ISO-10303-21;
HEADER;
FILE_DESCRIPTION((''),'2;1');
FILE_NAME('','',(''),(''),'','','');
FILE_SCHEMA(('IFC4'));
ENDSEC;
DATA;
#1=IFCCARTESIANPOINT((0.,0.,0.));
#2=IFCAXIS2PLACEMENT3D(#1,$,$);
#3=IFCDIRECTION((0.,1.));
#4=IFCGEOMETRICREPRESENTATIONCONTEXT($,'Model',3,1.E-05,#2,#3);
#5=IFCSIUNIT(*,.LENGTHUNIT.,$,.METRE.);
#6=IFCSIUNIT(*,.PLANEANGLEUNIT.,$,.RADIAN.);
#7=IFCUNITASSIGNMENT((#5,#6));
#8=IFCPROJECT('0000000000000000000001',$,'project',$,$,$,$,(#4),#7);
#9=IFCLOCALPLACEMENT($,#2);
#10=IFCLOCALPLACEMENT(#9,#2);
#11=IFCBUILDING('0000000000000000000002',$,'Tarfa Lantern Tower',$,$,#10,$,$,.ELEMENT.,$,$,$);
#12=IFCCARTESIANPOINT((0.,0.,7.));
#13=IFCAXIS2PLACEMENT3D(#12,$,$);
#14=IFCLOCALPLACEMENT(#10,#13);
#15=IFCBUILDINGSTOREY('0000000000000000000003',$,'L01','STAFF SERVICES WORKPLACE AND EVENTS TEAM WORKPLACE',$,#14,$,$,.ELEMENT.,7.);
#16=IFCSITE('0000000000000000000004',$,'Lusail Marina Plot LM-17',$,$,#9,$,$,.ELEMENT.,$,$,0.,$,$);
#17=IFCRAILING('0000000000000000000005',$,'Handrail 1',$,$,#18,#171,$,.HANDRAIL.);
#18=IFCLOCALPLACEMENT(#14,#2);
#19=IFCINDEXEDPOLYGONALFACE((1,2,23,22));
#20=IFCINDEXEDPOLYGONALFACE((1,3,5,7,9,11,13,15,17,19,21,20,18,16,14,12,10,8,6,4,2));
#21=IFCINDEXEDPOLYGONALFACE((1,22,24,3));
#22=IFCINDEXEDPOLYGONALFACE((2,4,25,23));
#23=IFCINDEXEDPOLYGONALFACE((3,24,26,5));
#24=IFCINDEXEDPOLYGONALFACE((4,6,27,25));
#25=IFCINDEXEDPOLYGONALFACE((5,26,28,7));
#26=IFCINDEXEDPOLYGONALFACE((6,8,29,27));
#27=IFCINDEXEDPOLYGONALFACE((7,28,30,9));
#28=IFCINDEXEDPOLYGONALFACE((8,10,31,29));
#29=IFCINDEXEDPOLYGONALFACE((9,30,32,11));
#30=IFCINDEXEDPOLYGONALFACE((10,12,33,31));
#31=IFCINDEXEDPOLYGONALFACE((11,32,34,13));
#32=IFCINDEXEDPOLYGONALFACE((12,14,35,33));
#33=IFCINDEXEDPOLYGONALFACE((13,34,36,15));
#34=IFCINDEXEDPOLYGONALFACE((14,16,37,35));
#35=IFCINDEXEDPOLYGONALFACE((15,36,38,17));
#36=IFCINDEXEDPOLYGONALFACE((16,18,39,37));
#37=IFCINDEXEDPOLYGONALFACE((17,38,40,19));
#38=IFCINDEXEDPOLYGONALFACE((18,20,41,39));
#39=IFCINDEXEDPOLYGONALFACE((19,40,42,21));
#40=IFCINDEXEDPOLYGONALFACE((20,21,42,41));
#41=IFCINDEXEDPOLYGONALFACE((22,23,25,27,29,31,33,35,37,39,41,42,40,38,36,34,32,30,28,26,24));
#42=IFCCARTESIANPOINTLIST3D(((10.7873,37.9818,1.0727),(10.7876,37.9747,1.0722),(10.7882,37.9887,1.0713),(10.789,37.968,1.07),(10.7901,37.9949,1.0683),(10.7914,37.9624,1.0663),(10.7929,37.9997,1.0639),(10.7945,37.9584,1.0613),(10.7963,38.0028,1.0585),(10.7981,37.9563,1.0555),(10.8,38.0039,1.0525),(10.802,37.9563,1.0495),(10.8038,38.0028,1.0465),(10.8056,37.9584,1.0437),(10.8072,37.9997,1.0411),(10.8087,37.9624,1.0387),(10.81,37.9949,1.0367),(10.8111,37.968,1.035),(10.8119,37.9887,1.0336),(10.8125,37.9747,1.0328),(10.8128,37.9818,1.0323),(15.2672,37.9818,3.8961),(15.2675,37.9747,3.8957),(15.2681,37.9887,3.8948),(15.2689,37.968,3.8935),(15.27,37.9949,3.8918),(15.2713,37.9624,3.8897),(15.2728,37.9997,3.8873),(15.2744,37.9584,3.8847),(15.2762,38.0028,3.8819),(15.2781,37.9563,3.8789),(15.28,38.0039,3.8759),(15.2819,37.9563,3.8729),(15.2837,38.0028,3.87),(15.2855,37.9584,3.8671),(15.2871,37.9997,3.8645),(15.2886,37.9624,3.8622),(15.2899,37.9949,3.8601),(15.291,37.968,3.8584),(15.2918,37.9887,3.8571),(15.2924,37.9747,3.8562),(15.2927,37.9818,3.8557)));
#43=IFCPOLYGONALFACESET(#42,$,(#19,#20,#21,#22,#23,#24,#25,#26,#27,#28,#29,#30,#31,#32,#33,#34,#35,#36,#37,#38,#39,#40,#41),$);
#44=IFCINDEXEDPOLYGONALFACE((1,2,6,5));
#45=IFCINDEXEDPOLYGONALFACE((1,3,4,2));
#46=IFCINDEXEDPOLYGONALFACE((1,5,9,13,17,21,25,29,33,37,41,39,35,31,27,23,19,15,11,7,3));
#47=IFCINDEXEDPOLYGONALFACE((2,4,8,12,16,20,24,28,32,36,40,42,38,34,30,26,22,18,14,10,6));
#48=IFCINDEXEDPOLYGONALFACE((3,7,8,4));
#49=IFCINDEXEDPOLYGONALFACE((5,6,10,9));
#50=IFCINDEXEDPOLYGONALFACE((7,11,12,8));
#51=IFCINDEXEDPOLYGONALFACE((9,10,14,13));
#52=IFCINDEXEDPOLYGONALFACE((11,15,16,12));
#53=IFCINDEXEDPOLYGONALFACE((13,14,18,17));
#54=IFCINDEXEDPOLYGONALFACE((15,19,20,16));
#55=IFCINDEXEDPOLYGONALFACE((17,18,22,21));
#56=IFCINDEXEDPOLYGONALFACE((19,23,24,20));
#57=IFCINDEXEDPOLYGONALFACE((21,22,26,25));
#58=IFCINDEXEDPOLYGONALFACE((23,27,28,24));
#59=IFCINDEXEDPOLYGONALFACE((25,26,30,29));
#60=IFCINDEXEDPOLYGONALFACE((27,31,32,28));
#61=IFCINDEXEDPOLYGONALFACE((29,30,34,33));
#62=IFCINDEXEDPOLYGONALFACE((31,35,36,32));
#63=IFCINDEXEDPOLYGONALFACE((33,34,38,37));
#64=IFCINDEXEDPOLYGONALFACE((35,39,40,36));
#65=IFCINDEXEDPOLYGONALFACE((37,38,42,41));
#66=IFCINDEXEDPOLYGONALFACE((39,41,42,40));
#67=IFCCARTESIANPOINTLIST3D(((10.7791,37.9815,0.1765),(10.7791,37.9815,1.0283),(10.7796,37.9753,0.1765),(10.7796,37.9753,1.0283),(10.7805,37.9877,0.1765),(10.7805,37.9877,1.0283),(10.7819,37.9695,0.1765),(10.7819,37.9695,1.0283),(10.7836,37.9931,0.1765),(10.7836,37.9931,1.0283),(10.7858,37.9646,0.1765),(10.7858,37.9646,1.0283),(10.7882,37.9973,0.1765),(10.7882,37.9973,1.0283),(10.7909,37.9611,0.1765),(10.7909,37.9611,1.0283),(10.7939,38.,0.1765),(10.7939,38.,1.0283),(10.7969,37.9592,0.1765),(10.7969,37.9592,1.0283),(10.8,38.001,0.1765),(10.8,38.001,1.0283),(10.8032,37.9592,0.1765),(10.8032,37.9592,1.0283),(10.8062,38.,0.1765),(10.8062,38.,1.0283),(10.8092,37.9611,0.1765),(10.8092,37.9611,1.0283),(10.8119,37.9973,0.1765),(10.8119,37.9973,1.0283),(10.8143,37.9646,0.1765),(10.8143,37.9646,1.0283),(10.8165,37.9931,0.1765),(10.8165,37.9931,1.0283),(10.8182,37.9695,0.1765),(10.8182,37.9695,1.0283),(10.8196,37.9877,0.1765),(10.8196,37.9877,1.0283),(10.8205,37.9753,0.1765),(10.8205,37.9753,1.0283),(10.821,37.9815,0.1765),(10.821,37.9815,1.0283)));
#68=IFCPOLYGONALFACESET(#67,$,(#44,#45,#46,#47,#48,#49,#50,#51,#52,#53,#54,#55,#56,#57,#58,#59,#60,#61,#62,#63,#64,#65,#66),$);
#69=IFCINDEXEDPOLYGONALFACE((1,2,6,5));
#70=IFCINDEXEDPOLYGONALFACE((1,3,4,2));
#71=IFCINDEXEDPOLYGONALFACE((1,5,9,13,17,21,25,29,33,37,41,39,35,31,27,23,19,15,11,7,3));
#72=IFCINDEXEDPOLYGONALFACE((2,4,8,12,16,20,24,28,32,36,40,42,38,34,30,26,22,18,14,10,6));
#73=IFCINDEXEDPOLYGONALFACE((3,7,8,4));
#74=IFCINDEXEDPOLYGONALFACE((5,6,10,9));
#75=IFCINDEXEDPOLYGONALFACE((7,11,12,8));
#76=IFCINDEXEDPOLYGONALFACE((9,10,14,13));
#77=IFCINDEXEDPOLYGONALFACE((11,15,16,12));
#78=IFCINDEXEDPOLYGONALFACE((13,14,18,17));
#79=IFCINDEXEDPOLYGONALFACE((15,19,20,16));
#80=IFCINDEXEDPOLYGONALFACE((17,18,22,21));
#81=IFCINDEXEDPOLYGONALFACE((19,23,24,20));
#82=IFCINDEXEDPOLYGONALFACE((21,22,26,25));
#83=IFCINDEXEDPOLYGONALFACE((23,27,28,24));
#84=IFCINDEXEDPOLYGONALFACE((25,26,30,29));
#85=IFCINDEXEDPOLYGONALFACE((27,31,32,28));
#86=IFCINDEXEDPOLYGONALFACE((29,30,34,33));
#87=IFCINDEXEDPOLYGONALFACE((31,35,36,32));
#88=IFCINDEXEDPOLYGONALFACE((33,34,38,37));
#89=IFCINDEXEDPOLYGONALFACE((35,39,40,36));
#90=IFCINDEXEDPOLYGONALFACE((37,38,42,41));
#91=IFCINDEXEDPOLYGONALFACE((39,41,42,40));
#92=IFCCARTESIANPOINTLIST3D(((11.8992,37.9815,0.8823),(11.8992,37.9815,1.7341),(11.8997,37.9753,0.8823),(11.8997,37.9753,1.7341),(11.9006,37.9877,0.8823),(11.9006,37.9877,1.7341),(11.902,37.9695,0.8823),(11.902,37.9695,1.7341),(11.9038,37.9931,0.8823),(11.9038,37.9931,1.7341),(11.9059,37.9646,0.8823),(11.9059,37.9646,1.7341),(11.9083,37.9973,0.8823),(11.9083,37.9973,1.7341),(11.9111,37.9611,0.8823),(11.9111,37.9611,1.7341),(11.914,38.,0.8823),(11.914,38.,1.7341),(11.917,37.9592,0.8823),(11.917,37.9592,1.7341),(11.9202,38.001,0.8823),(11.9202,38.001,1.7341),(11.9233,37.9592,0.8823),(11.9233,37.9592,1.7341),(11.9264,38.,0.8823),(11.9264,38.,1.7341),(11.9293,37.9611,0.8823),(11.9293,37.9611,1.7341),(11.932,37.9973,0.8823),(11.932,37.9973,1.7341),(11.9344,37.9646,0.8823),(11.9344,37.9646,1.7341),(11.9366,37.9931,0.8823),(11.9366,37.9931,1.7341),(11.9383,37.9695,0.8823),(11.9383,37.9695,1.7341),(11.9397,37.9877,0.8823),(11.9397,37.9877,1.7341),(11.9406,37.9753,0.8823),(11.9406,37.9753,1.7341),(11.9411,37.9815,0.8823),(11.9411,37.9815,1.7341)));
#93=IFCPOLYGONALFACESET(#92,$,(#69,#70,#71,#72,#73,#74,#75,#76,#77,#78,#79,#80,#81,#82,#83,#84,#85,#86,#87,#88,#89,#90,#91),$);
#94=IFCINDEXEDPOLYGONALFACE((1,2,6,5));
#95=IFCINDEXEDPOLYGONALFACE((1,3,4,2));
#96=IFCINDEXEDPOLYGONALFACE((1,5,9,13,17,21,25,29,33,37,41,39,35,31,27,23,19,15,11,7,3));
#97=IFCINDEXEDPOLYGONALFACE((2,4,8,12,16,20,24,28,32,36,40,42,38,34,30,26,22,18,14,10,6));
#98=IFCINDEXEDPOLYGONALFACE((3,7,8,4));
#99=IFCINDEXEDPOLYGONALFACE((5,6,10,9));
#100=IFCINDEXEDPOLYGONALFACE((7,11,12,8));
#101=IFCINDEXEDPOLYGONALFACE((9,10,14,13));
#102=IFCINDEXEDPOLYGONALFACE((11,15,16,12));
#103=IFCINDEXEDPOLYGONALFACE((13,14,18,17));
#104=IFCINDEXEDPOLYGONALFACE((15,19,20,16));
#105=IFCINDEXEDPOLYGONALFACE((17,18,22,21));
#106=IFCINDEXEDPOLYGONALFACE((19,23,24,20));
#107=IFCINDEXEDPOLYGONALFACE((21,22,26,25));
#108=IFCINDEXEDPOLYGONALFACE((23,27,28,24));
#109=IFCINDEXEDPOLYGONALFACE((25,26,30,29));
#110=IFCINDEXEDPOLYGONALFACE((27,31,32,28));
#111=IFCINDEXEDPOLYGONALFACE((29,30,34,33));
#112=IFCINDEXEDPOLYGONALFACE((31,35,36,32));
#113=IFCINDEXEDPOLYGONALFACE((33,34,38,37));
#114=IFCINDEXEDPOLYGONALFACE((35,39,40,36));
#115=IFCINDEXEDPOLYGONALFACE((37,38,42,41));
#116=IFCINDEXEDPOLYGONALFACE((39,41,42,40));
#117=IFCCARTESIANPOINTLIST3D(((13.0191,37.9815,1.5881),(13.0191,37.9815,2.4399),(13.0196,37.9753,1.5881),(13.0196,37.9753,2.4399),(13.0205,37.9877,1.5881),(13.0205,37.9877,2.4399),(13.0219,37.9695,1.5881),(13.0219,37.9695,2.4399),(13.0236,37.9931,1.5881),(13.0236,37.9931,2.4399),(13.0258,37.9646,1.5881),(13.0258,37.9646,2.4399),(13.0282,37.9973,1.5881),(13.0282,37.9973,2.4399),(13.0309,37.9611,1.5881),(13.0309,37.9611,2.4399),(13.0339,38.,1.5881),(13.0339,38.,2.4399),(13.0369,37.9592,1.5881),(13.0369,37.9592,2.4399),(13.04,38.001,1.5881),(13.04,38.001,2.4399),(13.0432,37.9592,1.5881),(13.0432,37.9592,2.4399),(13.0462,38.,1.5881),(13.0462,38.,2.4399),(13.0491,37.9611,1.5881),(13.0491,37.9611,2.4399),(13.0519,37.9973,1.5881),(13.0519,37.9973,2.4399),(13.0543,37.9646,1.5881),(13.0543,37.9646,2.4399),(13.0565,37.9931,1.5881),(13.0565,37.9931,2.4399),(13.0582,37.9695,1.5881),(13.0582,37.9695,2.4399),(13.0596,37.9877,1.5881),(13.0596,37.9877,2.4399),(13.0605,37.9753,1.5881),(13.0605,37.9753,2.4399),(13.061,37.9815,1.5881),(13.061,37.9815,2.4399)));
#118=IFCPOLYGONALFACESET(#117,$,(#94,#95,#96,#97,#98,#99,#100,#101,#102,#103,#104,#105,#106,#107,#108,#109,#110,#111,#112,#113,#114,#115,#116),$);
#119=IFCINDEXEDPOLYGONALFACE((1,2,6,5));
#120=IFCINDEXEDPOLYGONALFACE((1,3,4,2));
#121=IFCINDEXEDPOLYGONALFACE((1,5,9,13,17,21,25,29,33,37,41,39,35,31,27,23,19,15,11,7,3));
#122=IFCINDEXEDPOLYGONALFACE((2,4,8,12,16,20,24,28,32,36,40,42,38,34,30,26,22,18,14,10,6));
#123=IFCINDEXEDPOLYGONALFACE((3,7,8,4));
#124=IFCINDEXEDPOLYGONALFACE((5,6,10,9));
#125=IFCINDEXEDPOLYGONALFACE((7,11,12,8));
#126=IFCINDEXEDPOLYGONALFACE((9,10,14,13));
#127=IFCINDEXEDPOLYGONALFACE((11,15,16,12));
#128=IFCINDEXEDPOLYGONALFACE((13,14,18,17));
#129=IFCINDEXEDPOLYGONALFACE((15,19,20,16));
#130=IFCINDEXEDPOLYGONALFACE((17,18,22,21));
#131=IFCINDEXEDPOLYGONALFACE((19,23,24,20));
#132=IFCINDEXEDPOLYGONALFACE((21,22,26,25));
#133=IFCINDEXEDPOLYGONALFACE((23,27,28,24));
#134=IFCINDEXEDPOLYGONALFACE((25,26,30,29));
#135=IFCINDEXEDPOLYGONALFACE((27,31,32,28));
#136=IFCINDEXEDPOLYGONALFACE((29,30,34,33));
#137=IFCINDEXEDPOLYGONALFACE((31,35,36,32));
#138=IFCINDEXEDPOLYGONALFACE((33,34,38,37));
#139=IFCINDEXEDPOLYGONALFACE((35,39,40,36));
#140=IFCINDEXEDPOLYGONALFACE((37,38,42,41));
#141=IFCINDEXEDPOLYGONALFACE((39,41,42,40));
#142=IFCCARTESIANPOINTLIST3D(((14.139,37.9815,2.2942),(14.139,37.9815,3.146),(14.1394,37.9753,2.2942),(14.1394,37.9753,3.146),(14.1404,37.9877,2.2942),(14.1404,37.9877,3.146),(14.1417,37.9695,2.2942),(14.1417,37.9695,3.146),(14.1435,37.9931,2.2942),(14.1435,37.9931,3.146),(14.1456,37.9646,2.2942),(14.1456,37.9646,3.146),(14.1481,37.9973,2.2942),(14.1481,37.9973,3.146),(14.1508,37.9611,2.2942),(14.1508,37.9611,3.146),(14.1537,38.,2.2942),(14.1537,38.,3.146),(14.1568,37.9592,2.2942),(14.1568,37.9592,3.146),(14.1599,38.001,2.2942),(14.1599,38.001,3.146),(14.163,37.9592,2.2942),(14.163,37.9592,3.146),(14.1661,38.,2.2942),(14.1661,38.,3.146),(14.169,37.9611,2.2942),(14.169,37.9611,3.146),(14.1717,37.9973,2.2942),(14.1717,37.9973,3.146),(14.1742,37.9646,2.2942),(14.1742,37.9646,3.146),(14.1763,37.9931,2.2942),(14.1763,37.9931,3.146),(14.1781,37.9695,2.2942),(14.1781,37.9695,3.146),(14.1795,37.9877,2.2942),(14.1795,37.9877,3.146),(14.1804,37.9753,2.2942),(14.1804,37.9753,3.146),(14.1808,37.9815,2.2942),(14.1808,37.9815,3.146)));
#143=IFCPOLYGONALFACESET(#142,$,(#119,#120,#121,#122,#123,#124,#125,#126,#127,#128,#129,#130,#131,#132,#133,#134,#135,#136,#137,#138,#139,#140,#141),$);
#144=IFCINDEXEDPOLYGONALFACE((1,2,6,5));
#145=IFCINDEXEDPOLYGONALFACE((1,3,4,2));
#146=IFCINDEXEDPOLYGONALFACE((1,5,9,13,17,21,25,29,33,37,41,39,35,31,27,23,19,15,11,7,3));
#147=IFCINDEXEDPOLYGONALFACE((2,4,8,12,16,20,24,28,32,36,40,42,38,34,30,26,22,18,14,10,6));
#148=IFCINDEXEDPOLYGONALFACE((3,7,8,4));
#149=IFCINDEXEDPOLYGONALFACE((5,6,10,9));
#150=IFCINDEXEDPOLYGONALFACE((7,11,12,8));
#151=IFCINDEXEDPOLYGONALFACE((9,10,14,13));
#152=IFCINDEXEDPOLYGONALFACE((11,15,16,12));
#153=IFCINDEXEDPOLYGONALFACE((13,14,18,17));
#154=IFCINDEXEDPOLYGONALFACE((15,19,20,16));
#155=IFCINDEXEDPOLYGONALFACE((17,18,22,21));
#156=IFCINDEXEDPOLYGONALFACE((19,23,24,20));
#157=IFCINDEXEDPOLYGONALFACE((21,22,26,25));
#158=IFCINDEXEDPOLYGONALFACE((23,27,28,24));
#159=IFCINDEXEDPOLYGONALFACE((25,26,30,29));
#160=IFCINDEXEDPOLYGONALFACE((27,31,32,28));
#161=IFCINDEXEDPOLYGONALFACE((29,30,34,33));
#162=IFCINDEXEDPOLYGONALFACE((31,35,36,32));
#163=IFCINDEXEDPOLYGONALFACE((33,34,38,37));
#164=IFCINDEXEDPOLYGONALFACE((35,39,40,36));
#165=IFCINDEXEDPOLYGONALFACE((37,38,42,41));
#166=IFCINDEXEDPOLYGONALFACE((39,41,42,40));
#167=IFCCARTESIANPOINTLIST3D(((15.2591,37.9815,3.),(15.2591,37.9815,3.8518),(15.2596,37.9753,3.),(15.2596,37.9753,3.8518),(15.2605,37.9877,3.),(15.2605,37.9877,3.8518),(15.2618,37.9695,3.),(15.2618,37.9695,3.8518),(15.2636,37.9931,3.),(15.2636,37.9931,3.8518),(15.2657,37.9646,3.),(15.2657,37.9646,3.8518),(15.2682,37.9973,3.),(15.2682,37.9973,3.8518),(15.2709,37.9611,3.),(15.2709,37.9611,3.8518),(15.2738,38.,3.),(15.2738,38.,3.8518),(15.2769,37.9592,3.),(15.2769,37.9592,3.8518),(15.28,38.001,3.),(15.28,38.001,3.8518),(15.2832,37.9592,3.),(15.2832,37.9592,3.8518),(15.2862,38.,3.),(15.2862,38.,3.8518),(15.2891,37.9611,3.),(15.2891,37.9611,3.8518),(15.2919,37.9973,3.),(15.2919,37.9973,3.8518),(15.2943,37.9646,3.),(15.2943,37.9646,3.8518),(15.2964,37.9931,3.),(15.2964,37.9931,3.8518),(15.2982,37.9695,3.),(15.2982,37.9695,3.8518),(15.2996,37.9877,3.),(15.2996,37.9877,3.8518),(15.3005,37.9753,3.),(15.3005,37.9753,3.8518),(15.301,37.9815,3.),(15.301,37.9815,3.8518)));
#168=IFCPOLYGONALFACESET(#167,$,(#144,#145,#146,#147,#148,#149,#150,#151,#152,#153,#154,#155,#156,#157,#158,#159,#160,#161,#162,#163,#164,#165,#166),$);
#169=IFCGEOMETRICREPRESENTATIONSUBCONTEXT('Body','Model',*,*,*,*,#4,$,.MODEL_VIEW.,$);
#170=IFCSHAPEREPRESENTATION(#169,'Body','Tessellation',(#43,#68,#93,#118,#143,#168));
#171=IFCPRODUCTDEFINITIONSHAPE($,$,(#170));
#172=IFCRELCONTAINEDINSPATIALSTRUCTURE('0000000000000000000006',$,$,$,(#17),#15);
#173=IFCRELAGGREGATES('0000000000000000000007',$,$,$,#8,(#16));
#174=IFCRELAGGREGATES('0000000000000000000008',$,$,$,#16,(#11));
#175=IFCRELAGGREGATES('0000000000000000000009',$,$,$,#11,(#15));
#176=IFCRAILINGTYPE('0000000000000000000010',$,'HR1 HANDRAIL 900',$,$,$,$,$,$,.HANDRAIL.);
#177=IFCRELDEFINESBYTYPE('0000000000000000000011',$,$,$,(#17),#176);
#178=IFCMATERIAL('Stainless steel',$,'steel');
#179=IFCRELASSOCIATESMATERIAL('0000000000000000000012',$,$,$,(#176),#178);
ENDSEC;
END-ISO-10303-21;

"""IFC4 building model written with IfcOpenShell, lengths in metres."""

from ifc_helpers import new_model, si_unit, direction, frame, origin, origin_2d, place, context, subcontext, project, spatial, circle, extrude, material, type_object, element, save


model = new_model("IFC4")

# Units and contexts
model_context = context("Model", 3, precision=1e-05, world=origin(), true_north=direction((0.0, 1.0)))
body_context = subcontext(model_context, "Body", "Model", "MODEL_VIEW")
ifc_project = project(units=[si_unit("LENGTHUNIT", "METRE"), si_unit("PLANEANGLEUNIT", "RADIAN")], contexts=[model_context])

# Site, building, storey
site_placement = place(None, origin())
site = spatial("IfcSite", under=ifc_project, at=site_placement, Name="Lusail Marina Plot LM-17", CompositionType="ELEMENT", RefElevation=0.0)
building_placement = place(site_placement, origin())
building = spatial("IfcBuilding", under=site, at=building_placement, Name="Tarfa Lantern Tower", CompositionType="ELEMENT")
storey_placement = place(building_placement, frame((0.0, 0.0, 7.0)))
storey = spatial("IfcBuildingStorey", under=building, at=storey_placement, Name="L01", Description="STAFF SERVICES WORKPLACE AND EVENTS TEAM WORKPLACE", CompositionType="ELEMENT", Elevation=7.0)

# Railing
ifc_material_1 = material(Name="Stainless steel", Category="steel")
railing_type = type_object("IfcRailingType", Name="HR1 HANDRAIL 900", PredefinedType="HANDRAIL", material=ifc_material_1)
railing_1_placement = place(storey_placement, frame((10.8, 37.98, 0.1765)))
element("IfcRailing", 1, at=railing_1_placement, inside=storey, type_object=railing_type, Name="Handrail 1", PredefinedType="HANDRAIL", context=body_context, shape_type="SweptSolid", body=[
    extrude(circle(Radius=0.0239, at=origin_2d()), frame((0.0, 0.0, 0.876), z_axis=(0.845998, 0.0, 0.533186), x_axis=(0.0, 1.0, 0.0)), (0.0, 0.0, 1.0), 5.2954),
    extrude(circle(Radius=0.021, at=origin_2d()), frame((0.0, 0.0, 0.0), z_axis=(0.0, 0.0, 1.0), x_axis=(0.0, 1.0, 0.0)), (0.0, 0.0, 1.0), 0.8518),
    extrude(circle(Radius=0.021, at=origin_2d()), frame((1.1201, 0.0, 0.7058), z_axis=(0.0, 0.0, 1.0), x_axis=(0.0, 1.0, 0.0)), (0.0, 0.0, 1.0), 0.8518),
    extrude(circle(Radius=0.021, at=origin_2d()), frame((2.24, 0.0, 1.4116), z_axis=(0.0, 0.0, 1.0), x_axis=(0.0, 1.0, 0.0)), (0.0, 0.0, 1.0), 0.8518),
    extrude(circle(Radius=0.021, at=origin_2d()), frame((3.3599, 0.0, 2.1177), z_axis=(0.0, 0.0, 1.0), x_axis=(0.0, 1.0, 0.0)), (0.0, 0.0, 1.0), 0.8518),
    extrude(circle(Radius=0.021, at=origin_2d()), frame((4.48, 0.0, 2.8235), z_axis=(0.0, 0.0, 1.0), x_axis=(0.0, 1.0, 0.0)), (0.0, 0.0, 1.0), 0.8518),
])

save(model, "model.ifc")
